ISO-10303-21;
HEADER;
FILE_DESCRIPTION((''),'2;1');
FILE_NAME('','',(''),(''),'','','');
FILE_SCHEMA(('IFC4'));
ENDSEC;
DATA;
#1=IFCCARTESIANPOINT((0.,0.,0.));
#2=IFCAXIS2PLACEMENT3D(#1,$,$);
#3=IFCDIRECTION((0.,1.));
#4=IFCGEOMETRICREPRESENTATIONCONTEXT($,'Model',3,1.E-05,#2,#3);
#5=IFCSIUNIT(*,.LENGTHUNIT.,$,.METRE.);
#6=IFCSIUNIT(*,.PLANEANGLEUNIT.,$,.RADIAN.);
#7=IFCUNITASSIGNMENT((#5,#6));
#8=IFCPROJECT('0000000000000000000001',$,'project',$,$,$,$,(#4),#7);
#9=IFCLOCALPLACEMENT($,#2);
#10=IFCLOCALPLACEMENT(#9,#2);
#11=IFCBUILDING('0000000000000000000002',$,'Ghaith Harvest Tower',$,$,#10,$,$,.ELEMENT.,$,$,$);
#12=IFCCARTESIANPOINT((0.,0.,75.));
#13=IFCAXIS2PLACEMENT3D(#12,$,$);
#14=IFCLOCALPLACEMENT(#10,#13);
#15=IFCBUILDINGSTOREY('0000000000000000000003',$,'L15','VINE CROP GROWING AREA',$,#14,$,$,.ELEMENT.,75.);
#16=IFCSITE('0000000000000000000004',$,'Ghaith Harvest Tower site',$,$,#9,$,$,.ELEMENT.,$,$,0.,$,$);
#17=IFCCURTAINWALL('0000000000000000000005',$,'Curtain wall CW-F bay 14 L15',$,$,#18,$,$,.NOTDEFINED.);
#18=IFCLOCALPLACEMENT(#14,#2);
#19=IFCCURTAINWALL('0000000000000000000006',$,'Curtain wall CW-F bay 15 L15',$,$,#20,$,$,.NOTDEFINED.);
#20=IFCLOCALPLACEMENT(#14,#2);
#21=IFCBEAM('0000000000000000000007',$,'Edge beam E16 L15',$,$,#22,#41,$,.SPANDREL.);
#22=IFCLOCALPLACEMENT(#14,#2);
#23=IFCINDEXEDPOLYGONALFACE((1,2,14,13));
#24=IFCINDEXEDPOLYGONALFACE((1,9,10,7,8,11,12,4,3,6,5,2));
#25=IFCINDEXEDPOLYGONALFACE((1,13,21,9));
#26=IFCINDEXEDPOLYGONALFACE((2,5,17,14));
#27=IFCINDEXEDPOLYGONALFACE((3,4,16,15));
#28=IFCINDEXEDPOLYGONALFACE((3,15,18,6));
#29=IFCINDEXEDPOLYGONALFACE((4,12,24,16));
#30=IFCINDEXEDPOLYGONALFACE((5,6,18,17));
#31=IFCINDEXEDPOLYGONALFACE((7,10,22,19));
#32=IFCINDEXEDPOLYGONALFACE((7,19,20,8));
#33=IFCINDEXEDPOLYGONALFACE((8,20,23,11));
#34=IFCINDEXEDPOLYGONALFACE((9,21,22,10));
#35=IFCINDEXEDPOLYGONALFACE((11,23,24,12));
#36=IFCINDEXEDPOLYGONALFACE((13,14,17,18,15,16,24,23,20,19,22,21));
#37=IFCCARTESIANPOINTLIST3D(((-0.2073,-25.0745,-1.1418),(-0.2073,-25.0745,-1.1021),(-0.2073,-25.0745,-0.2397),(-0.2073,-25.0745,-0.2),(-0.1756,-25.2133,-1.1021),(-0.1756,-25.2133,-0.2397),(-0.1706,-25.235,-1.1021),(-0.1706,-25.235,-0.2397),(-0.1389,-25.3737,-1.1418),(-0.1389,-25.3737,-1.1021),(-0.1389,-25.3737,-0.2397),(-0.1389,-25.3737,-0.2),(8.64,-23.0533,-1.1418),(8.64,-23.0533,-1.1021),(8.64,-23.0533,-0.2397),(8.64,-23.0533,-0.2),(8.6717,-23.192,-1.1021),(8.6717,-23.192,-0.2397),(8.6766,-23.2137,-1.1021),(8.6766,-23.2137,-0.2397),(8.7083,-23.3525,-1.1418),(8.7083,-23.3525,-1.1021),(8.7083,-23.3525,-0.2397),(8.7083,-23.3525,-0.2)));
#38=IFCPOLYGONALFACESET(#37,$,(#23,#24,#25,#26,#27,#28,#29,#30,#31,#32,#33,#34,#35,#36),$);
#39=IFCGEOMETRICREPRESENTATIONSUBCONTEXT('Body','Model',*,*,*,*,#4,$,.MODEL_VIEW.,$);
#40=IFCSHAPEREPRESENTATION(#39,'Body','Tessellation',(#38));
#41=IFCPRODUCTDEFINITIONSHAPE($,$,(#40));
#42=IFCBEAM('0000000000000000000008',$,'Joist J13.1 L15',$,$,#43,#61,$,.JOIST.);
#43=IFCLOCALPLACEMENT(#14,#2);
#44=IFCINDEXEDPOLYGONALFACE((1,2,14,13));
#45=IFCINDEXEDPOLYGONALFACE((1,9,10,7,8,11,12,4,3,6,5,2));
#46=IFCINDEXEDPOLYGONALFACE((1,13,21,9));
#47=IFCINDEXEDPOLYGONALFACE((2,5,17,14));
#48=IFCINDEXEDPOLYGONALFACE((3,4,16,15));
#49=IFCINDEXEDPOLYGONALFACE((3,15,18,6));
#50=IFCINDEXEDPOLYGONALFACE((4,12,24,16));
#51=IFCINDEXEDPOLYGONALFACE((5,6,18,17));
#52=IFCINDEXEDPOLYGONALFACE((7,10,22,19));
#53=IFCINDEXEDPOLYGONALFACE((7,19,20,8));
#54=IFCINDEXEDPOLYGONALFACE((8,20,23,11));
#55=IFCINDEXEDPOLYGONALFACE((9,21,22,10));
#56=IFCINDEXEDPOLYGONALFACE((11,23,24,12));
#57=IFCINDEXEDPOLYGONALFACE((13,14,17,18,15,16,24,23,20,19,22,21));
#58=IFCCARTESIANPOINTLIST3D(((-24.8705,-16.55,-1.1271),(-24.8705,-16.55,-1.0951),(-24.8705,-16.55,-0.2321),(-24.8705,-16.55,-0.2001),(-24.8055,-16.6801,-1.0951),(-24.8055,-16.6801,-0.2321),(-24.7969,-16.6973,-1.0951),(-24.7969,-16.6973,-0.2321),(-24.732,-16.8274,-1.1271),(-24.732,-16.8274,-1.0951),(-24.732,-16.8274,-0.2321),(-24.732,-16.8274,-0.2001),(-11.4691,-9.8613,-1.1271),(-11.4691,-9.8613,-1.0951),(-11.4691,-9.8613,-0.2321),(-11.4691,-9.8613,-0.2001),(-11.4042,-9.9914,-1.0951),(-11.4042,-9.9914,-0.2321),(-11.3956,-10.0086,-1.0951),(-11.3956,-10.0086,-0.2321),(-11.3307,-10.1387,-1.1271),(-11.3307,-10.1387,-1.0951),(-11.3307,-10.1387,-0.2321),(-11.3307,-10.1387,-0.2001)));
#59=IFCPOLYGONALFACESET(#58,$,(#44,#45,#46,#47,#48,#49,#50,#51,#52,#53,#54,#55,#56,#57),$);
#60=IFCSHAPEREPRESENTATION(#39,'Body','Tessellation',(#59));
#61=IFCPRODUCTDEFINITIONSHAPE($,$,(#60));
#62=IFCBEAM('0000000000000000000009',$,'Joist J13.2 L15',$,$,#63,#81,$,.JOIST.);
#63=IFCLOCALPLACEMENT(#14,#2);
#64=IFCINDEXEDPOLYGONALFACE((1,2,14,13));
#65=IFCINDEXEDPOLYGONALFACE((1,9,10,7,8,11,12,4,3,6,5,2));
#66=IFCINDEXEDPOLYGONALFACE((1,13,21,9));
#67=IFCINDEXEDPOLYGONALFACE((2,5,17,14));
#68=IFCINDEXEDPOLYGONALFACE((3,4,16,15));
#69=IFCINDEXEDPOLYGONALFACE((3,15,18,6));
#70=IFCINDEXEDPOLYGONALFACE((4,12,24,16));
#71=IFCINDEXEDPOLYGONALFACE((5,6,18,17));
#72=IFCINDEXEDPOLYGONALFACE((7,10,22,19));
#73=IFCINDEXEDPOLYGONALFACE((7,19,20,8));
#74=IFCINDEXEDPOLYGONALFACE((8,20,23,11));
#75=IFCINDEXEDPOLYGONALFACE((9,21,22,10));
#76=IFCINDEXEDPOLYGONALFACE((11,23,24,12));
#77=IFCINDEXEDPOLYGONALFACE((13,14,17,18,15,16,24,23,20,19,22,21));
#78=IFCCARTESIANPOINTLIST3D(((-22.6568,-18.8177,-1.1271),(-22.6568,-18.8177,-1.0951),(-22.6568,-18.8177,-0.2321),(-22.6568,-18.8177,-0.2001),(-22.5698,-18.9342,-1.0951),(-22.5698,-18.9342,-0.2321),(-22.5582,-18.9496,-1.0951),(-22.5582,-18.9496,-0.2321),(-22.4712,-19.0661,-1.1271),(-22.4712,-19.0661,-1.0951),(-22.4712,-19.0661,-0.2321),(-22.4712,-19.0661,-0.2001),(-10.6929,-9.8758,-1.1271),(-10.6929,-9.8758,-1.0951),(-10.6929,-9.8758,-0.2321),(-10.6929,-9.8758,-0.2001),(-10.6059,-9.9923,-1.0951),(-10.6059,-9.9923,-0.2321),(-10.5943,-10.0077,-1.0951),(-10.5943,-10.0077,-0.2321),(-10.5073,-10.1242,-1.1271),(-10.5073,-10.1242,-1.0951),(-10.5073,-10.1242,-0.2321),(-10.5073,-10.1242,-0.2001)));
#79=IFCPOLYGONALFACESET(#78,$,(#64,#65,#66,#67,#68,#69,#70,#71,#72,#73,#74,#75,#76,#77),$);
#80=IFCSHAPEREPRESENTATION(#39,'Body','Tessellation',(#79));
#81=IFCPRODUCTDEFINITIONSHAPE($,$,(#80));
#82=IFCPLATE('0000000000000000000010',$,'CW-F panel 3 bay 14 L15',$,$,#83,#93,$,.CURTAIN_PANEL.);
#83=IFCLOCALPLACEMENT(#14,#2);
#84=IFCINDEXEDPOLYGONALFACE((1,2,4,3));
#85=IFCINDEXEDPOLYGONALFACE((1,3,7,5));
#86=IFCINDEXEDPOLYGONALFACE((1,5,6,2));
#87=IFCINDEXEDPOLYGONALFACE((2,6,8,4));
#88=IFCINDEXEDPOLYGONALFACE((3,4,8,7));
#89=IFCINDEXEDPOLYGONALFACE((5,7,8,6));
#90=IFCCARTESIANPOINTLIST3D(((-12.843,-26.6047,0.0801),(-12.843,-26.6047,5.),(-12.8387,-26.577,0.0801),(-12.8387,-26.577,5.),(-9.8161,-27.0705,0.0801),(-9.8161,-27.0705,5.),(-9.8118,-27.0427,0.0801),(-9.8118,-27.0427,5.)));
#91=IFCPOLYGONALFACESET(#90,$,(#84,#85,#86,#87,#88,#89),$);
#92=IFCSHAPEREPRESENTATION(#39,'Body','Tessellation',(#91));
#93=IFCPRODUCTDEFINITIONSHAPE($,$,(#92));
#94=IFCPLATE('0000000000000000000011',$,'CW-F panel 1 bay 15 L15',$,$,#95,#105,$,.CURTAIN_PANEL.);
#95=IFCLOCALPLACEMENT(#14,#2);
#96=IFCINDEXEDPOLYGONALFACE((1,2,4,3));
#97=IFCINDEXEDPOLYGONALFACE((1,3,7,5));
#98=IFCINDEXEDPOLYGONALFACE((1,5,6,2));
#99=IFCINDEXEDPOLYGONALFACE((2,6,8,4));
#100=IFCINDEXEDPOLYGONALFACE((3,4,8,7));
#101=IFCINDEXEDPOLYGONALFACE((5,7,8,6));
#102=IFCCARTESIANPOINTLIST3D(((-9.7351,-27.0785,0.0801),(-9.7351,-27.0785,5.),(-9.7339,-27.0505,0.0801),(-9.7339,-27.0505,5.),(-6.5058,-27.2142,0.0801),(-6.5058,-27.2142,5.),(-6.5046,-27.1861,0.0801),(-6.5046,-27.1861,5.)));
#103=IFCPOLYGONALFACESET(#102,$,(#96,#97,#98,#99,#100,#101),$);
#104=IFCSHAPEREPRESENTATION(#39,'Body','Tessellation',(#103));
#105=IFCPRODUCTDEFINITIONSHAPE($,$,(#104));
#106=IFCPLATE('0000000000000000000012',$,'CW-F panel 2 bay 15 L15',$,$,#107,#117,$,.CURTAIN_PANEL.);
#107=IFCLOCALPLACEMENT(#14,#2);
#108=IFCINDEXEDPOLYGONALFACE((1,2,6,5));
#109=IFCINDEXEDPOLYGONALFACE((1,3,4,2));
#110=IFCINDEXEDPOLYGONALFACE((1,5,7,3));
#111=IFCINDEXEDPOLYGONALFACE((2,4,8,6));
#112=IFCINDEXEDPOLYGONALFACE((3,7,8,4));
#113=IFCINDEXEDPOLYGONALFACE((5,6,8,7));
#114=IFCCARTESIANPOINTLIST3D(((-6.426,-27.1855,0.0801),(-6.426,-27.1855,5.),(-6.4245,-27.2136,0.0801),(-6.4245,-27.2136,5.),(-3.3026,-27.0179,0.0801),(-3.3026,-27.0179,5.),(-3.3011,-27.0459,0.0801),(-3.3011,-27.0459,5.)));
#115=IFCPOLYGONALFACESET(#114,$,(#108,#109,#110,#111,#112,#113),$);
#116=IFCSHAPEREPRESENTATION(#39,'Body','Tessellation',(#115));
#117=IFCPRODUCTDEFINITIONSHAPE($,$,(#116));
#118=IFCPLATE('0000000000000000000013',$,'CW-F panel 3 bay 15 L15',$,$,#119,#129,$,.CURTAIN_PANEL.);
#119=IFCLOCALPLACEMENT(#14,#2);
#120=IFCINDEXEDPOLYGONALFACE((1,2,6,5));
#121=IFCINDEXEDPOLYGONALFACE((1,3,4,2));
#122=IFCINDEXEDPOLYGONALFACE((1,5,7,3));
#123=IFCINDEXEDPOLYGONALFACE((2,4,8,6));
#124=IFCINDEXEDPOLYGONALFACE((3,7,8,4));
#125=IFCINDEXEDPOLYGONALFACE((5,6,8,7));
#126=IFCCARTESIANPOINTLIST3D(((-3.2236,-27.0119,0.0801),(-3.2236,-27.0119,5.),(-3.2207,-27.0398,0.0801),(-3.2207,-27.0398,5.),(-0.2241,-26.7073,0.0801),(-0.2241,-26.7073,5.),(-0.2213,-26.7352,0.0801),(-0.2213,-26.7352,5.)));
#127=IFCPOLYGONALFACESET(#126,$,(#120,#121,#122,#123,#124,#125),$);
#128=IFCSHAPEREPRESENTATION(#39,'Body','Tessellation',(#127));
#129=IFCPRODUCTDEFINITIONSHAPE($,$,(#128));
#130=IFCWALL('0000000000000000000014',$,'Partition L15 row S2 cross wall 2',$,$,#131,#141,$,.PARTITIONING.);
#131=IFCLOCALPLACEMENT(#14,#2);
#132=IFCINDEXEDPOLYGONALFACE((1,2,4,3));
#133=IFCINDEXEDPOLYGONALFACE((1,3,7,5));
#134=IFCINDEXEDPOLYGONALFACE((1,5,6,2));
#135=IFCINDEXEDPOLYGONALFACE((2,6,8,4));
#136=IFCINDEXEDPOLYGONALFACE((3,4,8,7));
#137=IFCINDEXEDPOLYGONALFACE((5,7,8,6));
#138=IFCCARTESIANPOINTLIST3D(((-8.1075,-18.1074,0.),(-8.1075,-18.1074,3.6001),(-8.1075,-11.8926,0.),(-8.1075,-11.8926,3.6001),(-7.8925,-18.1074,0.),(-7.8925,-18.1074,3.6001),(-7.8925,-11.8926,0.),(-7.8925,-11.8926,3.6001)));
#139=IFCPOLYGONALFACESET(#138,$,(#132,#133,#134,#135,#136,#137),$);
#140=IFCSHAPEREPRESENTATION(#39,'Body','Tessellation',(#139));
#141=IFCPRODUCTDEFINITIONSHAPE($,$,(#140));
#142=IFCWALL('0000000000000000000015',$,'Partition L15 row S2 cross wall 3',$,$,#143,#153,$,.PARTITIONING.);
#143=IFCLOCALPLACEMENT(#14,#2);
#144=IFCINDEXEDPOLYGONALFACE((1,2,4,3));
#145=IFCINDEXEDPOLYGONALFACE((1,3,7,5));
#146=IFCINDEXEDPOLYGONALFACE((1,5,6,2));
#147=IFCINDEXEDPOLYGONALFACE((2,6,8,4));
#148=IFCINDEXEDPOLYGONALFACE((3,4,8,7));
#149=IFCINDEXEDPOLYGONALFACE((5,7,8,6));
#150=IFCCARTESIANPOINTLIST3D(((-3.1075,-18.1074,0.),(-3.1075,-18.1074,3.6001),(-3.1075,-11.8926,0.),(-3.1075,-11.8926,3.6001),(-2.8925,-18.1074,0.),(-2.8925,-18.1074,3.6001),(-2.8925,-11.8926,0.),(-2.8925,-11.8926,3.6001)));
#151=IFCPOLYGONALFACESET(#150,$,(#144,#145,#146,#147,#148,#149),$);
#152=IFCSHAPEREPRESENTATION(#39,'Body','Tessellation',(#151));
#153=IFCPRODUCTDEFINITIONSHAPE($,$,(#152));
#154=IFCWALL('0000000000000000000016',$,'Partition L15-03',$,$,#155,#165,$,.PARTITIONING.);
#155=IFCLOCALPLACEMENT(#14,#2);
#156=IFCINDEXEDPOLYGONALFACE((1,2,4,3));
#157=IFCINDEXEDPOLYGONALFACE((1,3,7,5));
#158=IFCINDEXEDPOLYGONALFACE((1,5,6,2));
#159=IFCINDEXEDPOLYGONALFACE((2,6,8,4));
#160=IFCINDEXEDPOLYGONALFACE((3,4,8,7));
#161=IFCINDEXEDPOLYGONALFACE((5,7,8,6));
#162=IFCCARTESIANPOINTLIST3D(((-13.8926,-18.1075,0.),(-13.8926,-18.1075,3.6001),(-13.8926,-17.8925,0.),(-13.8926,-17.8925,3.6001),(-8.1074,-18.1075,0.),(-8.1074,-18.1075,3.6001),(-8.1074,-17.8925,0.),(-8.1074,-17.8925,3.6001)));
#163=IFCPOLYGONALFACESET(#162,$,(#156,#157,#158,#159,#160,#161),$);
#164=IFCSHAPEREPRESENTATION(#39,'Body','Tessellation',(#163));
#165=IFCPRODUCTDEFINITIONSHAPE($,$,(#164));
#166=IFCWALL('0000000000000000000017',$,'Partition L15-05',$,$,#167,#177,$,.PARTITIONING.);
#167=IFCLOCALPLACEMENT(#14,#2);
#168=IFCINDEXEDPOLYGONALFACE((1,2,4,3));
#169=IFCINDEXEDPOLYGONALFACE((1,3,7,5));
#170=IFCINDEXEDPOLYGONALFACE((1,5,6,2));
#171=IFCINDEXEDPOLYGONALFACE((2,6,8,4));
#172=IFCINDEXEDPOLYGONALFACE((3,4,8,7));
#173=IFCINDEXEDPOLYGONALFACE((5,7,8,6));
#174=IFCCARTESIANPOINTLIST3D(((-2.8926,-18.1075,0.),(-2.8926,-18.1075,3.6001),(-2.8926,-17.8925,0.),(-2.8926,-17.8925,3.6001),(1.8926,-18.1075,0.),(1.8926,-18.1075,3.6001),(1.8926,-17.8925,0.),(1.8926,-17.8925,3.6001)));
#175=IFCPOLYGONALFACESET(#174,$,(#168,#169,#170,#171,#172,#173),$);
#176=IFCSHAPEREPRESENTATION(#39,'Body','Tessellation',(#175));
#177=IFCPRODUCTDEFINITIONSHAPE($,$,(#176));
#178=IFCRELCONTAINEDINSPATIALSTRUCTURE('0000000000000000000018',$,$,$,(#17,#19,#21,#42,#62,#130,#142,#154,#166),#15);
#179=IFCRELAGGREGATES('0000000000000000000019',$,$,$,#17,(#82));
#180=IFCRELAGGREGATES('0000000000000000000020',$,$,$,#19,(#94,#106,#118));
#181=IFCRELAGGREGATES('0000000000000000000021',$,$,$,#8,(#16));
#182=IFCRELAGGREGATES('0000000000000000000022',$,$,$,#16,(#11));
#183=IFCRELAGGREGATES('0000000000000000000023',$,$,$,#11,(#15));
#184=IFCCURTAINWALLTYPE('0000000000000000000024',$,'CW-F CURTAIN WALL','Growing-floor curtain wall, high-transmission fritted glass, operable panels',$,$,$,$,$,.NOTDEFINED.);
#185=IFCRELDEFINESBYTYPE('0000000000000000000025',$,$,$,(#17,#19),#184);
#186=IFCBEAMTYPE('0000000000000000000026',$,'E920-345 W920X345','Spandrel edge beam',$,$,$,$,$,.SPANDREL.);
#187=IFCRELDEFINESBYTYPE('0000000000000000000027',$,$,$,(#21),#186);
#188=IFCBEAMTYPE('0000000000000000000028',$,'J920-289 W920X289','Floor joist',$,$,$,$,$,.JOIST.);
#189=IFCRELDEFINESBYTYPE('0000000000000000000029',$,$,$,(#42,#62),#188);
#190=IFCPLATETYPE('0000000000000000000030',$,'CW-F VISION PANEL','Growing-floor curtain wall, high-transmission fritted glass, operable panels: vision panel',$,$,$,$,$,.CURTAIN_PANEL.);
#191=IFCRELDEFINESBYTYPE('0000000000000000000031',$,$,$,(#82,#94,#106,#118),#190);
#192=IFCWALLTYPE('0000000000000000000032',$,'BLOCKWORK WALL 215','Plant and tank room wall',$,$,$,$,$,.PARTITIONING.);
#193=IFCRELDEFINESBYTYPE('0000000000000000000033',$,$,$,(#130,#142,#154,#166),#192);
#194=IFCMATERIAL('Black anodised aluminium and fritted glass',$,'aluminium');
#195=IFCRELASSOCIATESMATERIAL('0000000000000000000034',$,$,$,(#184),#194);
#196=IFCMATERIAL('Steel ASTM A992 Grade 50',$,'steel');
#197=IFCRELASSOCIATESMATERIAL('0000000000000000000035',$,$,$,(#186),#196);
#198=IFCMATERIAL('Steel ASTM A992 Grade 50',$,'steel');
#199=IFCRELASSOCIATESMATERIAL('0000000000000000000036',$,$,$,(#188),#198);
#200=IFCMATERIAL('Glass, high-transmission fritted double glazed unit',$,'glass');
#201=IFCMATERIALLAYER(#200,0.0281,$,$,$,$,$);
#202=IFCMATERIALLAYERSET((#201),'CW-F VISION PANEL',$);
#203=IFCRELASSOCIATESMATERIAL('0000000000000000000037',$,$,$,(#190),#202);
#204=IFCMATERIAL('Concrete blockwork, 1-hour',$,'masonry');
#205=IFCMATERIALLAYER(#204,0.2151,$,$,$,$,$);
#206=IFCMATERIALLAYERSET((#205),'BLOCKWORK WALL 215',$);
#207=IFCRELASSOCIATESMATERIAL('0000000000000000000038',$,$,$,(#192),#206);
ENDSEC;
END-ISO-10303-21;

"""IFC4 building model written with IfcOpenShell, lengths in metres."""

from ifc_helpers import new_model, si_unit, direction, frame, frame_2d, origin, origin_2d, place, context, subcontext, project, spatial, rectangle, i_section, extrude, material, layer, layer_set, material_profile, profile_set, type_object, element, aggregate, save


model = new_model("IFC4")

# Units and contexts
model_context = context("Model", 3, precision=1e-05, world=origin(), true_north=direction((0.0, 1.0)))
body_context = subcontext(model_context, "Body", "Model", "MODEL_VIEW")
ifc_project = project(units=[si_unit("LENGTHUNIT", "METRE"), si_unit("PLANEANGLEUNIT", "RADIAN")], contexts=[model_context])

# Site, building, storey
site_placement = place(None, origin())
site = spatial("IfcSite", under=ifc_project, at=site_placement, Name="Ghaith Harvest Tower site", CompositionType="ELEMENT", RefElevation=0.0)
building_placement = place(site_placement, origin())
building = spatial("IfcBuilding", under=site, at=building_placement, Name="Ghaith Harvest Tower", CompositionType="ELEMENT")
storey_placement = place(building_placement, frame((0.0, 0.0, 75.0)))
storey = spatial("IfcBuildingStorey", under=building, at=storey_placement, Name="L15", Description="VINE CROP GROWING AREA", CompositionType="ELEMENT", Elevation=75.0)

# Curtain wall
ifc_material_1 = material(Name="Black anodised aluminium and fritted glass", Category="aluminium")
curtain_wall_type = type_object("IfcCurtainWallType", Name="CW-F CURTAIN WALL", Description="Growing-floor curtain wall, high-transmission fritted glass, operable panels", PredefinedType="NOTDEFINED", material=ifc_material_1)
curtain_wall_1_placement = place(storey_placement, origin())
curtain_wall_1 = element("IfcCurtainWall", 1, at=curtain_wall_1_placement, inside=storey, type_object=curtain_wall_type, Name="Curtain wall CW-F bay 14 L15", PredefinedType="NOTDEFINED")

# Curtain wall
curtain_wall_2_placement = place(storey_placement, origin())
curtain_wall_2 = element("IfcCurtainWall", 2, at=curtain_wall_2_placement, inside=storey, type_object=curtain_wall_type, Name="Curtain wall CW-F bay 15 L15", PredefinedType="NOTDEFINED")

# Beams
ifc_material_2 = material(Name="Steel ASTM A992 Grade 50", Category="steel")
ifc_material_profile_1 = material_profile(ifc_material_2, i_section(OverallWidth=0.3069, OverallDepth=0.9419, WebThickness=0.0222, FlangeThickness=0.0398, at=origin_2d()), Name="W920X345")
ifc_profile_set_1 = profile_set([ifc_material_profile_1], Name="Steel ASTM A992 Grade 50")
beam_type_1 = type_object("IfcBeamType", Name="E920-345 W920X345", Description="Spandrel edge beam", PredefinedType="SPANDREL", material=ifc_profile_set_1)
beam_1_placement = place(storey_placement, frame((-0.1731, -25.2241, -0.6709), z_axis=(0.974882, 0.222723, 0.0), x_axis=(-0.222723, 0.974882, 0.0)))
element("IfcBeam", 3, at=beam_1_placement, inside=storey, type_object=beam_type_1, Name="Edge beam E16 L15", PredefinedType="SPANDREL", context=body_context, shape_type="SweptSolid", body=[
    extrude(i_section(OverallWidth=0.3069, OverallDepth=0.9419, WebThickness=0.0222, FlangeThickness=0.0398, at=origin_2d()), origin(), (0.0, 0.0, 1.0), 9.0752),
])
ifc_material_3 = material(Name="Steel ASTM A992 Grade 50", Category="steel")
ifc_material_profile_2 = material_profile(ifc_material_3, i_section(OverallWidth=0.3101, OverallDepth=0.927, WebThickness=0.0193, FlangeThickness=0.032, at=origin_2d()), Name="W920X289")
ifc_profile_set_2 = profile_set([ifc_material_profile_2], Name="Steel ASTM A992 Grade 50")
beam_type_2 = type_object("IfcBeamType", Name="J920-289 W920X289", Description="Floor joist", PredefinedType="JOIST", material=ifc_profile_set_2)
beam_2_placement = place(storey_placement, frame((-11.3999, -10.0, -0.6636), z_axis=(-0.894746, -0.446575, 0.0), x_axis=(0.446575, -0.894746, 0.0)))
element("IfcBeam", 4, at=beam_2_placement, inside=storey, type_object=beam_type_2, Name="Joist J13.1 L15", PredefinedType="JOIST", context=body_context, shape_type="SweptSolid", body=[
    extrude(i_section(OverallWidth=0.3101, OverallDepth=0.927, WebThickness=0.0193, FlangeThickness=0.032, at=origin_2d()), origin(), (0.0, 0.0, 1.0), 14.9778),
])
beam_3_placement = place(storey_placement, frame((-10.6001, -10.0, -0.6636), z_axis=(-0.800995, -0.598671, 0.0), x_axis=(0.598671, -0.800995, 0.0)))
element("IfcBeam", 5, at=beam_3_placement, inside=storey, type_object=beam_type_2, Name="Joist J13.2 L15", PredefinedType="JOIST", context=body_context, shape_type="SweptSolid", body=[
    extrude(i_section(OverallWidth=0.3101, OverallDepth=0.927, WebThickness=0.0193, FlangeThickness=0.032, at=origin_2d()), origin(), (0.0, 0.0, 1.0), 14.9363),
])

# Plates
ifc_material_4 = material(Name="Glass, high-transmission fritted double glazed unit", Category="glass")
ifc_layer_1 = layer(ifc_material_4, 0.0281)
ifc_layer_set_1 = layer_set([ifc_layer_1], Name="CW-F VISION PANEL")
plate_type = type_object("IfcPlateType", Name="CW-F VISION PANEL", Description="Growing-floor curtain wall, high-transmission fritted glass, operable panels: vision panel", PredefinedType="CURTAIN_PANEL", material=ifc_layer_set_1)
plate_1_placement = place(storey_placement, frame((-11.3274, -26.8237, 0.0801), z_axis=(0.0, 0.0, 1.0), x_axis=(0.98837, -0.152069, 0.0)))
plate_1 = element("IfcPlate", 6, at=plate_1_placement, type_object=plate_type, Name="CW-F panel 3 bay 14 L15", PredefinedType="CURTAIN_PANEL", context=body_context, shape_type="SweptSolid", body=[
    extrude(rectangle(XDim=3.0625, YDim=0.0281, at=origin_2d()), origin(), (0.0, 0.0, 1.0), 4.9199),
])
aggregate(curtain_wall_1, [plate_1])
plate_2_placement = place(storey_placement, frame((-8.1199, -27.1323, 0.0801), z_axis=(0.0, 0.0, 1.0), x_axis=(0.999119, -0.041967, 0.0)))
plate_2 = element("IfcPlate", 7, at=plate_2_placement, type_object=plate_type, Name="CW-F panel 1 bay 15 L15", PredefinedType="CURTAIN_PANEL", context=body_context, shape_type="SweptSolid", body=[
    extrude(rectangle(XDim=3.2322, YDim=0.0281, at=origin_2d()), origin(), (0.0, 0.0, 1.0), 4.9199),
])
plate_3_placement = place(storey_placement, frame((-4.8635, -27.1157, 0.0801), z_axis=(0.0, 0.0, 1.0), x_axis=(0.998563, 0.0536, 0.0)))
plate_3 = element("IfcPlate", 8, at=plate_3_placement, type_object=plate_type, Name="CW-F panel 2 bay 15 L15", PredefinedType="CURTAIN_PANEL", context=body_context, shape_type="SweptSolid", body=[
    extrude(rectangle(XDim=3.1279, YDim=0.0281, at=origin_2d()), origin(), (0.0, 0.0, 1.0), 4.9199),
])
plate_4_placement = place(storey_placement, frame((-1.7224, -26.8735, 0.0801), z_axis=(0.0, 0.0, 1.0), x_axis=(0.994882, 0.101041, 0.0)))
plate_4 = element("IfcPlate", 9, at=plate_4_placement, type_object=plate_type, Name="CW-F panel 3 bay 15 L15", PredefinedType="CURTAIN_PANEL", context=body_context, shape_type="SweptSolid", body=[
    extrude(rectangle(XDim=3.0149, YDim=0.0281, at=origin_2d()), origin(), (0.0, 0.0, 1.0), 4.9199),
])
aggregate(curtain_wall_2, [plate_2, plate_3, plate_4])

# Walls
ifc_material_5 = material(Name="Concrete blockwork, 1-hour", Category="masonry")
ifc_layer_2 = layer(ifc_material_5, 0.2151)
ifc_layer_set_2 = layer_set([ifc_layer_2], Name="BLOCKWORK WALL 215")
wall_type_1 = type_object("IfcWallType", Name="BLOCKWORK WALL 215", Description="Plant and tank room wall", PredefinedType="PARTITIONING", material=ifc_layer_set_2)
for number, where, z_axis, x_axis, name in (
    (10, (-8.0, -11.8926, 0.0), (0.0, 0.0, 1.0), (0.0, -1.0, 0.0), "Partition L15 row S2 cross wall 2"),
    (11, (-3.0, -11.8926, 0.0), (0.0, 0.0, 1.0), (0.0, -1.0, 0.0), "Partition L15 row S2 cross wall 3"),
):
    element("IfcWall", number, at=place(storey_placement, frame(where, z_axis=z_axis, x_axis=x_axis)), inside=storey, type_object=wall_type_1, Name=name, PredefinedType="PARTITIONING", context=body_context, shape_type="SweptSolid", body=[
        extrude(rectangle(XDim=6.2148, YDim=0.2151, at=frame_2d((3.1074, 0.0))), origin(), (0.0, 0.0, 1.0), 3.6001),
    ])

# Wall
wall_1_placement = place(storey_placement, frame((-13.8926, -18.0, 0.0), z_axis=(0.0, 0.0, 1.0), x_axis=(1.0, 0.0, 0.0)))
element("IfcWall", 12, at=wall_1_placement, inside=storey, type_object=wall_type_1, Name="Partition L15-03", PredefinedType="PARTITIONING", context=body_context, shape_type="SweptSolid", body=[
    extrude(rectangle(XDim=5.7852, YDim=0.2151, at=frame_2d((2.8926, 0.0))), origin(), (0.0, 0.0, 1.0), 3.6001),
])

# Wall
wall_2_placement = place(storey_placement, frame((-2.8926, -18.0, 0.0), z_axis=(0.0, 0.0, 1.0), x_axis=(1.0, 0.0, 0.0)))
element("IfcWall", 13, at=wall_2_placement, inside=storey, type_object=wall_type_1, Name="Partition L15-05", PredefinedType="PARTITIONING", context=body_context, shape_type="SweptSolid", body=[
    extrude(rectangle(XDim=4.7852, YDim=0.2151, at=frame_2d((2.3926, 0.0))), origin(), (0.0, 0.0, 1.0), 3.6001),
])

save(model, "model.ifc")
